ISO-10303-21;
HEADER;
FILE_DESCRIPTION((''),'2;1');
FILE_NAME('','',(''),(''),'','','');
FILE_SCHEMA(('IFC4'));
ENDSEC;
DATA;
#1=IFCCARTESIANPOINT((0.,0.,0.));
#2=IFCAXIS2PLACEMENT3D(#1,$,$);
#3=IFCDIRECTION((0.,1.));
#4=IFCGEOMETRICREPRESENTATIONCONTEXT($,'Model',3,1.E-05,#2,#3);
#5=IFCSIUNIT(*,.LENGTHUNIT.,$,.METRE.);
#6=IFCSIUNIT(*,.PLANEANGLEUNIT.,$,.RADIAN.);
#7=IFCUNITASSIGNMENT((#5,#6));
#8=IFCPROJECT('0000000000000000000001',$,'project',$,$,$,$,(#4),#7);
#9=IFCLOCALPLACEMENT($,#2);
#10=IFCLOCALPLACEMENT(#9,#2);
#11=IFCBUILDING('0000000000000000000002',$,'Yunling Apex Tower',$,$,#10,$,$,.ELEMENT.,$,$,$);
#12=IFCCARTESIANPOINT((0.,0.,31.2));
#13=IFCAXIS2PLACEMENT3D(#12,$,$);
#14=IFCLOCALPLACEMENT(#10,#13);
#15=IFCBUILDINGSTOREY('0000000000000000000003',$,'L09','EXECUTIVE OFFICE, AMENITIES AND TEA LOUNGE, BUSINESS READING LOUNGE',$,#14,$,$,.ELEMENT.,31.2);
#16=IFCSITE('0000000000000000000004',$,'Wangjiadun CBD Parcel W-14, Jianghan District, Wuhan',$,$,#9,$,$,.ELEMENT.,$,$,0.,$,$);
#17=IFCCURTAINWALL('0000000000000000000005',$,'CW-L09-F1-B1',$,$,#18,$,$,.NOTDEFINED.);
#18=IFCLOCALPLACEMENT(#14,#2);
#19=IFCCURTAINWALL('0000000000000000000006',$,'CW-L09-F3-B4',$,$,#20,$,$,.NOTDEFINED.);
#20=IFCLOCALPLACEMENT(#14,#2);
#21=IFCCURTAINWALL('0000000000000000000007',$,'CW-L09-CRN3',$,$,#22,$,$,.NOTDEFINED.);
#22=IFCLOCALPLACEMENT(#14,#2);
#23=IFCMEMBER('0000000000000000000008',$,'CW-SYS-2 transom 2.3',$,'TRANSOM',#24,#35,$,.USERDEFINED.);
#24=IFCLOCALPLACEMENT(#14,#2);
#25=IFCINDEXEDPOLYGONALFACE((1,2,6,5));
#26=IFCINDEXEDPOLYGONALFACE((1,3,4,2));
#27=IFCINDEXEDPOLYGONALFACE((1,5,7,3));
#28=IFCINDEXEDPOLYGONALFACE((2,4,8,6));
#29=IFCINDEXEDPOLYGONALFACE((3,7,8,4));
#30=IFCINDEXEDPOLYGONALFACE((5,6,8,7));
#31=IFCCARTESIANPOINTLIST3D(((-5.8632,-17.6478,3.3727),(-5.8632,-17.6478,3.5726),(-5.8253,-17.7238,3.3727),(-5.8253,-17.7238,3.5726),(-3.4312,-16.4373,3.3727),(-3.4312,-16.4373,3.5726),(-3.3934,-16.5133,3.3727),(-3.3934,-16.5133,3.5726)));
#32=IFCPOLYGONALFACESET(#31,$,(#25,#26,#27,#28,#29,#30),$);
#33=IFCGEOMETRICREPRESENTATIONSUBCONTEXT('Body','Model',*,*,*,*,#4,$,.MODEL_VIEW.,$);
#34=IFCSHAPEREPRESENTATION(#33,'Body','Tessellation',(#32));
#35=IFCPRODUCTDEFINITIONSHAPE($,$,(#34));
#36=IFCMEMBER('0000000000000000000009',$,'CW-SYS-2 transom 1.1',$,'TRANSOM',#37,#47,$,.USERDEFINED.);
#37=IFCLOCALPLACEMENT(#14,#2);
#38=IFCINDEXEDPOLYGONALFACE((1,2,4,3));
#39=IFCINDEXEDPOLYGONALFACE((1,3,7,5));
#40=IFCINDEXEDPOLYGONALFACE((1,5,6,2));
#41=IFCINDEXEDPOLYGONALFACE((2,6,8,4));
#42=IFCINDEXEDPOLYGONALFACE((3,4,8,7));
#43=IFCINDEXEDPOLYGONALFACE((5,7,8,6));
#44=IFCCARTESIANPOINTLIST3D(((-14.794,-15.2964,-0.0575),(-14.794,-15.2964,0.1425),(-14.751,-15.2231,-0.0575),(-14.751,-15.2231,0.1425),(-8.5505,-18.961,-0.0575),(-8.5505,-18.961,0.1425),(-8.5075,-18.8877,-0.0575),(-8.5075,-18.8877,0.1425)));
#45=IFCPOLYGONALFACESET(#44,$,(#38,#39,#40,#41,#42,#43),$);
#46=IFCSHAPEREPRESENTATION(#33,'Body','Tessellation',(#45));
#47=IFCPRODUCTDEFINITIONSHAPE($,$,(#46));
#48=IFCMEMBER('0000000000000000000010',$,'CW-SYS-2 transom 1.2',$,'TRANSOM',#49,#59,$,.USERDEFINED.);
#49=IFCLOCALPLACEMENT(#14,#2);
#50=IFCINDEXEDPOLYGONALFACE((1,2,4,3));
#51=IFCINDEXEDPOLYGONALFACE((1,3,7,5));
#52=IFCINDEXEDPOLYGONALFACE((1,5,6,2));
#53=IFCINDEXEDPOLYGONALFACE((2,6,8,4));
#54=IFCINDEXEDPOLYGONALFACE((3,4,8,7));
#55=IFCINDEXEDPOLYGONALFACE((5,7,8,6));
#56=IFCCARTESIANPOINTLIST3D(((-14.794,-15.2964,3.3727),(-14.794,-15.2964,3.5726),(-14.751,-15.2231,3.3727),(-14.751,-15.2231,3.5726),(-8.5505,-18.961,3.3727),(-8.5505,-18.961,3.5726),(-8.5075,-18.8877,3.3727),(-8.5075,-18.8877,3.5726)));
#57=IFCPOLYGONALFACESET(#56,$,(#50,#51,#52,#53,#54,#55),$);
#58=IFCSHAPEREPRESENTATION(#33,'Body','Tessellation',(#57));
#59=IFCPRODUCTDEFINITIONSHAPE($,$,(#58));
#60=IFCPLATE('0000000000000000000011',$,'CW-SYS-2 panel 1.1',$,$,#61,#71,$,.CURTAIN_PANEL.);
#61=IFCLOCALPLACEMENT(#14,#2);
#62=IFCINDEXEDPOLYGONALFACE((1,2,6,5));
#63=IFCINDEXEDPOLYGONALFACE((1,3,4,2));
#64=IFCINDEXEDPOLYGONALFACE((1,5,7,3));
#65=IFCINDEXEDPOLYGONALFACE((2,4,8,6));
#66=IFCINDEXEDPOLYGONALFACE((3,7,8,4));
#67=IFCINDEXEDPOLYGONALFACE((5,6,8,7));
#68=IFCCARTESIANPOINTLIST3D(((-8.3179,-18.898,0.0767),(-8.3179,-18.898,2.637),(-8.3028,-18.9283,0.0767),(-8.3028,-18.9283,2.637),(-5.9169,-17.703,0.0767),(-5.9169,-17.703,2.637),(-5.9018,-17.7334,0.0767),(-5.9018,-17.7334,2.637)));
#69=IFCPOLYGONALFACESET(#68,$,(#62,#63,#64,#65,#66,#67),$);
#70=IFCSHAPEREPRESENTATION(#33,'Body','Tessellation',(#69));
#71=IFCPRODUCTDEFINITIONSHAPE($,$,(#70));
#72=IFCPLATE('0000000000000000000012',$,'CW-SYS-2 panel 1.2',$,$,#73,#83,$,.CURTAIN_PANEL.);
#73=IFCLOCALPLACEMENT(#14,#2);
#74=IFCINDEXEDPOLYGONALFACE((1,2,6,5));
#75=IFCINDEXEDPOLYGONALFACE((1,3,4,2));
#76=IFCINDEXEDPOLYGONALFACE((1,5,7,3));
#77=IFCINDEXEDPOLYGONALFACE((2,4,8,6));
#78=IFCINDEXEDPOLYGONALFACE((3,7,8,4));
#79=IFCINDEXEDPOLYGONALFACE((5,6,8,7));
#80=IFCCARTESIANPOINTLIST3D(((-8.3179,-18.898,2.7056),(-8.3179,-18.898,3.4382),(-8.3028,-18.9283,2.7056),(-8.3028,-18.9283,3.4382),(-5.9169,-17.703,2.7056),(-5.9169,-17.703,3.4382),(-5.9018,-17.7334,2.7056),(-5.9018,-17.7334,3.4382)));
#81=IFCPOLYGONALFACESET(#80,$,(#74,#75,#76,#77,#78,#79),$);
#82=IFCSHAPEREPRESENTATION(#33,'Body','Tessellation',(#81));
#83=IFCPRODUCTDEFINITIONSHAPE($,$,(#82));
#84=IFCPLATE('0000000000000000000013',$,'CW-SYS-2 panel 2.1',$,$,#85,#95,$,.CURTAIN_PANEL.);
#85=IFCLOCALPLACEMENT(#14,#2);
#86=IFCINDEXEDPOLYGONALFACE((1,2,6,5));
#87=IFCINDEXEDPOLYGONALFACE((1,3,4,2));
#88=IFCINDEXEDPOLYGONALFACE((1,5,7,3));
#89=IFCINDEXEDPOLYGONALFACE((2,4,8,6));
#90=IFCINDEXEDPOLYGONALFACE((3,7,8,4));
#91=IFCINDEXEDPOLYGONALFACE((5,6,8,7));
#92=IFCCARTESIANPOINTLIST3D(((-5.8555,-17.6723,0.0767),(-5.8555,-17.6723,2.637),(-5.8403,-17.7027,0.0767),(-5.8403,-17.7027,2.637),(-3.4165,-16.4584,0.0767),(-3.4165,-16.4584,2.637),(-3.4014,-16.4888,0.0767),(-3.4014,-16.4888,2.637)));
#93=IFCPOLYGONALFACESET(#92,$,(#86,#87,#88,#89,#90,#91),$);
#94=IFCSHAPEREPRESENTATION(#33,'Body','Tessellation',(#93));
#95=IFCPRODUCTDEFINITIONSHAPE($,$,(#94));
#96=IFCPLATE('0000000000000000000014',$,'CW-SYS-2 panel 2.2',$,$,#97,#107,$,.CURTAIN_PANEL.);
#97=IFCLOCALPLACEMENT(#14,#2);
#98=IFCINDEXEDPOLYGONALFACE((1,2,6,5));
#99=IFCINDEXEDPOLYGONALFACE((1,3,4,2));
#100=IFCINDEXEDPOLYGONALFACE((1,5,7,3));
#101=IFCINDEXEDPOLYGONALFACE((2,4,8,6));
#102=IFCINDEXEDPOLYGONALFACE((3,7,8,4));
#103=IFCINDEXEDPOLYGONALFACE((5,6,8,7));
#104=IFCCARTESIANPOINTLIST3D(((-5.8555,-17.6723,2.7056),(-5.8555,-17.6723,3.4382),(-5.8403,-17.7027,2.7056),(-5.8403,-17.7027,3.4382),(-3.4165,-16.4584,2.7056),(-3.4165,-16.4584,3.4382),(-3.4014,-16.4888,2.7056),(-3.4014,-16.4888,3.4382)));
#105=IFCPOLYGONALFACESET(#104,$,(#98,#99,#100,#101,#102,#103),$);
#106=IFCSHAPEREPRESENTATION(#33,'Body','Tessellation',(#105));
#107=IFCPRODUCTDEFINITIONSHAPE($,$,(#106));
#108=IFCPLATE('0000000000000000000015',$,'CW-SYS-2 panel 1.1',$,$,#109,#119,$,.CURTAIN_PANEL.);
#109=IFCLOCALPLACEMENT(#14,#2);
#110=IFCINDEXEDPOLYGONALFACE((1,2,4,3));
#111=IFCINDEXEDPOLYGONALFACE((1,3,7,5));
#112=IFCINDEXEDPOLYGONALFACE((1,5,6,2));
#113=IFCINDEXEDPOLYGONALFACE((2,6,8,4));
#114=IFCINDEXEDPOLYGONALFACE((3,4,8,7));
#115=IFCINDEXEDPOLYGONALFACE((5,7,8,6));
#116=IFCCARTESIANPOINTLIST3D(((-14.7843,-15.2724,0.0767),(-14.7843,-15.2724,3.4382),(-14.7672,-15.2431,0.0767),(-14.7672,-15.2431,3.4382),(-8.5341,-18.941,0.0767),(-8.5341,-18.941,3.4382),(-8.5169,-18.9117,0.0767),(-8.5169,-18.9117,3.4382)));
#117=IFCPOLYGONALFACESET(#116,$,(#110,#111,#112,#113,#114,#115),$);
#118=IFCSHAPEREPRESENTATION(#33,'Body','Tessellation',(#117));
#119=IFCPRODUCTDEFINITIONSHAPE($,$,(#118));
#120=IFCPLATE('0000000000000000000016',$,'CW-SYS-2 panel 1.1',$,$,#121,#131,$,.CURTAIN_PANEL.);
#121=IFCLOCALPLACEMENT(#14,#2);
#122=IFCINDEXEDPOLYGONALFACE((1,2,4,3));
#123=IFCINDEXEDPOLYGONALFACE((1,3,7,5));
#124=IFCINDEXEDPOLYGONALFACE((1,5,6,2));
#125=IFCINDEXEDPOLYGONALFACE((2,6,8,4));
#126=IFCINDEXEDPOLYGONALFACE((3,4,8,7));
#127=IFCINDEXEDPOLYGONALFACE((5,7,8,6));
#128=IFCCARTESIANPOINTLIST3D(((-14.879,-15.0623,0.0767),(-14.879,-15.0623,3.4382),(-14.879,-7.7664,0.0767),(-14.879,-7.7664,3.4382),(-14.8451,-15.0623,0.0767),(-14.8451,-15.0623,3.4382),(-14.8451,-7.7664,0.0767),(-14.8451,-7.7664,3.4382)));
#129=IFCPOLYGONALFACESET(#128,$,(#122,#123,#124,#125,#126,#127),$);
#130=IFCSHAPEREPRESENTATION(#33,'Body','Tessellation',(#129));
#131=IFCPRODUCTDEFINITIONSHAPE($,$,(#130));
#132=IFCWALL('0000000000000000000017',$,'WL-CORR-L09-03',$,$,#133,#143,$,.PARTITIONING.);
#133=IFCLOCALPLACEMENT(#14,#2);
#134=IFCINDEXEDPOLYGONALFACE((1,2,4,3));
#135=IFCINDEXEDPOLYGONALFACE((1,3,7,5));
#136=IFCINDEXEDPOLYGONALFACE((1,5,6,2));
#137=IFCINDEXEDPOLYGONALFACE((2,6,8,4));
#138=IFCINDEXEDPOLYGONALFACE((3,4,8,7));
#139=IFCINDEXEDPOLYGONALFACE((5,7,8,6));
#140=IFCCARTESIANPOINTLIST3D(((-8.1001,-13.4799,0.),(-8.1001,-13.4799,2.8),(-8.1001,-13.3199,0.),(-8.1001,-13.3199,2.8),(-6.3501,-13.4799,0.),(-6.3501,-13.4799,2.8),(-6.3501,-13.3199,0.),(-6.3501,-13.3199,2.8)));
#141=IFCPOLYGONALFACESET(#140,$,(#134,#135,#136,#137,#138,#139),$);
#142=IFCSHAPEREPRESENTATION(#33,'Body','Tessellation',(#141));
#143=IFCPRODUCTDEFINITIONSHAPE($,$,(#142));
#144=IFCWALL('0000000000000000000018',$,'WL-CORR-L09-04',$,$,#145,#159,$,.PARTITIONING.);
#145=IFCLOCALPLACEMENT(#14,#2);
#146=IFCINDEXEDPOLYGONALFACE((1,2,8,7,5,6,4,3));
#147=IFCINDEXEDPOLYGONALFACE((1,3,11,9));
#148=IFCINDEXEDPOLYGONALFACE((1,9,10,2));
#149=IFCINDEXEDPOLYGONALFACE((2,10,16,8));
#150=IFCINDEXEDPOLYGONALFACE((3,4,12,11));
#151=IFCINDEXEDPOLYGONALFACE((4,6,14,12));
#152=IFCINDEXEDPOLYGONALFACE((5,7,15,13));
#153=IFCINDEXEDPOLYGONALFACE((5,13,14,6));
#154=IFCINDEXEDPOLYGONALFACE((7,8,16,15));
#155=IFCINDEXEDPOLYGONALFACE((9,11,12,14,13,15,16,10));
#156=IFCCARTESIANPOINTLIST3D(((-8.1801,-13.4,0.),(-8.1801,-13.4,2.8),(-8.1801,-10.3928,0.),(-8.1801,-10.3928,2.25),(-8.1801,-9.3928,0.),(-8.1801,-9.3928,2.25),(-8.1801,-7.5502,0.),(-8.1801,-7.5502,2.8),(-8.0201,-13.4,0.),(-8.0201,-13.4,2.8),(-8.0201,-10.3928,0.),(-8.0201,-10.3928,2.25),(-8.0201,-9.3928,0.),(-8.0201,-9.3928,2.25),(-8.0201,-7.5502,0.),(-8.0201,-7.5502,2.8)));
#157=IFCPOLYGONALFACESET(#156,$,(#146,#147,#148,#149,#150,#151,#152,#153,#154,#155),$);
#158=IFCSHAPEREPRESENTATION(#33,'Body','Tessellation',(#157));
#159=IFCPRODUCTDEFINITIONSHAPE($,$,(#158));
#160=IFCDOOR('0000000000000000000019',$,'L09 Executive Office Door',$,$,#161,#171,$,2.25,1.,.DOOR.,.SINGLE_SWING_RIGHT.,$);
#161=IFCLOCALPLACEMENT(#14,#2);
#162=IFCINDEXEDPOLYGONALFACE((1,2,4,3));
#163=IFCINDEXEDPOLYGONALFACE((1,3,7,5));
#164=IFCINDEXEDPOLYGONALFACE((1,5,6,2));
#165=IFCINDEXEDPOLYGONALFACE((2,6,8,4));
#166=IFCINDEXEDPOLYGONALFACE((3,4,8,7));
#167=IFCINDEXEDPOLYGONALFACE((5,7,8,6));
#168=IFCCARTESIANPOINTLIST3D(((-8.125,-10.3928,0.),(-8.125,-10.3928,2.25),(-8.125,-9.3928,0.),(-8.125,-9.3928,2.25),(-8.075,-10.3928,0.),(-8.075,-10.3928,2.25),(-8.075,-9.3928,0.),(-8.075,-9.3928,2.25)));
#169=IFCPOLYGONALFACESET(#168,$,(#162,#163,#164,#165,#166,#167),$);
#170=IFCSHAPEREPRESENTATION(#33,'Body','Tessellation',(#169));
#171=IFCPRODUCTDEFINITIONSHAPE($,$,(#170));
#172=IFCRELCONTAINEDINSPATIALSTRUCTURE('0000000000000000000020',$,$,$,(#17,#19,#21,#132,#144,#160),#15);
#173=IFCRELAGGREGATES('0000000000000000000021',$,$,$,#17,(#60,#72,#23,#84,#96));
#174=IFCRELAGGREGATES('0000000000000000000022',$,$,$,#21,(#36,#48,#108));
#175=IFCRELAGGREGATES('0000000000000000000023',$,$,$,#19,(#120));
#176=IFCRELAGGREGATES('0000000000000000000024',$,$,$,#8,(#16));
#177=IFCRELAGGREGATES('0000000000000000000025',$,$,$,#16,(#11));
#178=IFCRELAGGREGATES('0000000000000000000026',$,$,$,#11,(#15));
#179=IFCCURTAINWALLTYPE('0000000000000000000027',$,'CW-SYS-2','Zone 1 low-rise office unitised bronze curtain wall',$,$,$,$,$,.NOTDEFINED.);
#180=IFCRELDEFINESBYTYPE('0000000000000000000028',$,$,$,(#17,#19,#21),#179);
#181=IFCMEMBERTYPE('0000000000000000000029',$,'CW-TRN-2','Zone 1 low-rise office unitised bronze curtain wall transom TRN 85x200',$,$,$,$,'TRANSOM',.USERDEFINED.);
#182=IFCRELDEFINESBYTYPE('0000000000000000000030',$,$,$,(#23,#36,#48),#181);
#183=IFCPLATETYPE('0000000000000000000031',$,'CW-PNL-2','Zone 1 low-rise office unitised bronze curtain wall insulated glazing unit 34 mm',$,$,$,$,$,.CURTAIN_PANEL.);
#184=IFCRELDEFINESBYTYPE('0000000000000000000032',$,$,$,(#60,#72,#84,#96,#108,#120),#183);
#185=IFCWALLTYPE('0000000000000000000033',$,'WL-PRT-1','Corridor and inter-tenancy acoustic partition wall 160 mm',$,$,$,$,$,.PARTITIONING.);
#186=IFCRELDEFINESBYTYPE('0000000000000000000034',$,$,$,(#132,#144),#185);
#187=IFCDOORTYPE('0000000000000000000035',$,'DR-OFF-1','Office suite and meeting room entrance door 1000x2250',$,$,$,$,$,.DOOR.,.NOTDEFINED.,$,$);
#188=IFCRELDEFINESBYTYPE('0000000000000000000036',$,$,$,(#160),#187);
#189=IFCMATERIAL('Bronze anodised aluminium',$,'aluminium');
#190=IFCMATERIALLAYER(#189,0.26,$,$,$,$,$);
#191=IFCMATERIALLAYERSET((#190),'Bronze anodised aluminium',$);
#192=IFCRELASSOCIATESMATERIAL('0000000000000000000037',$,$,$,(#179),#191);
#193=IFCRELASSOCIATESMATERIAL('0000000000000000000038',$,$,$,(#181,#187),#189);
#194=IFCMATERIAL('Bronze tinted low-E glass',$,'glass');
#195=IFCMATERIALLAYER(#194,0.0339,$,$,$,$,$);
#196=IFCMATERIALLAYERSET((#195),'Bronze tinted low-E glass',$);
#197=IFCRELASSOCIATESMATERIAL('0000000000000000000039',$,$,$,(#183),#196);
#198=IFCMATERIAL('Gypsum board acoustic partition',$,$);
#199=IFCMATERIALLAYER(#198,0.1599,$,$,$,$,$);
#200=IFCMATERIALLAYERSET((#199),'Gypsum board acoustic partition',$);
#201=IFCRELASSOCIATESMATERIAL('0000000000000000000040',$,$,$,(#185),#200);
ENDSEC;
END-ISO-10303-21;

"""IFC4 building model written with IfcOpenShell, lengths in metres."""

from ifc_helpers import new_model, si_unit, direction, frame, frame_2d, origin, origin_2d, place, context, subcontext, project, spatial, rectangle, extrude, source, transform, mapped, material, layer, layer_set, material_profile, profile_set, type_object, element, fill, aggregate, save


model = new_model("IFC4")

# Units and contexts
model_context = context("Model", 3, precision=1e-05, world=origin(), true_north=direction((0.0, 1.0)))
body_context = subcontext(model_context, "Body", "Model", "MODEL_VIEW")
ifc_project = project(units=[si_unit("LENGTHUNIT", "METRE"), si_unit("PLANEANGLEUNIT", "RADIAN")], contexts=[model_context])

# Site, building, storey
site_placement = place(None, origin())
site = spatial("IfcSite", under=ifc_project, at=site_placement, Name="Wangjiadun CBD Parcel W-14, Jianghan District, Wuhan", CompositionType="ELEMENT", RefElevation=0.0)
building_placement = place(site_placement, origin())
building = spatial("IfcBuilding", under=site, at=building_placement, Name="Yunling Apex Tower", CompositionType="ELEMENT")
storey_placement = place(building_placement, frame((0.0, 0.0, 31.2)))
storey = spatial("IfcBuildingStorey", under=building, at=storey_placement, Name="L09", Description="EXECUTIVE OFFICE, AMENITIES AND TEA LOUNGE, BUSINESS READING LOUNGE", CompositionType="ELEMENT", Elevation=31.2)

# Curtain wall
ifc_material_1 = material(Name="Bronze anodised aluminium", Category="aluminium")
ifc_layer_1 = layer(ifc_material_1, 0.26)
ifc_layer_set_1 = layer_set([ifc_layer_1], Name="Bronze anodised aluminium")
curtain_wall_type = type_object("IfcCurtainWallType", Name="CW-SYS-2", Description="Zone 1 low-rise office unitised bronze curtain wall", PredefinedType="NOTDEFINED", material=ifc_layer_set_1)
curtain_wall_1_placement = place(storey_placement, origin())
curtain_wall_1 = element("IfcCurtainWall", 1, at=curtain_wall_1_placement, inside=storey, type_object=curtain_wall_type, Name="CW-L09-F1-B1", PredefinedType="NOTDEFINED")

# Curtain wall
curtain_wall_2_placement = place(storey_placement, origin())
curtain_wall_2 = element("IfcCurtainWall", 2, at=curtain_wall_2_placement, inside=storey, type_object=curtain_wall_type, Name="CW-L09-F3-B4", PredefinedType="NOTDEFINED")

# Curtain wall
curtain_wall_3_placement = place(storey_placement, origin())
curtain_wall_3 = element("IfcCurtainWall", 3, at=curtain_wall_3_placement, inside=storey, type_object=curtain_wall_type, Name="CW-L09-CRN3", PredefinedType="NOTDEFINED")

# Members
ifc_material_profile_1 = material_profile(ifc_material_1, rectangle(XDim=0.085, YDim=0.2, at=origin_2d()))
ifc_profile_set_1 = profile_set([ifc_material_profile_1], Name="Bronze anodised aluminium")
member_type_1 = type_object("IfcMemberType", Name="CW-TRN-2", Description="Zone 1 low-rise office unitised bronze curtain wall transom TRN 85x200", ElementType="TRANSOM", PredefinedType="USERDEFINED", material=ifc_profile_set_1)
shared_shape_1 = source(origin(), body_context, "Body", "SweptSolid", [
    extrude(rectangle(XDim=0.085, YDim=0.2, at=origin_2d()), origin(), (0.0, 0.0, 1.0), 2.7166),
])
member_1_placement = place(storey_placement, frame((-5.8442, -17.6858, 3.4727), z_axis=(0.895235, 0.445595, 0.0), x_axis=(-0.445595, 0.895235, 0.0)))
member_1 = element("IfcMember", 4, at=member_1_placement, type_object=member_type_1, Name="CW-SYS-2 transom 2.3", ObjectType="TRANSOM", PredefinedType="USERDEFINED", context=body_context, shape_type="MappedRepresentation", body=[
    mapped(shared_shape_1, transform((0.0, 0.0, 0.0), scale=1.0)),
])
shared_shape_2 = source(origin(), body_context, "Body", "SweptSolid", [
    extrude(rectangle(XDim=0.085, YDim=0.2, at=origin_2d()), origin(), (0.0, 0.0, 1.0), 7.2395),
])
member_2_placement = place(storey_placement, frame((-14.7725, -15.2598, 0.0425), z_axis=(0.862419, -0.506195, 0.0), x_axis=(0.506195, 0.862419, 0.0)))
member_2 = element("IfcMember", 5, at=member_2_placement, type_object=member_type_1, Name="CW-SYS-2 transom 1.1", ObjectType="TRANSOM", PredefinedType="USERDEFINED", context=body_context, shape_type="MappedRepresentation", body=[
    mapped(shared_shape_2, transform((0.0, 0.0, 0.0), scale=1.0)),
])
member_3_placement = place(storey_placement, frame((-14.7725, -15.2598, 3.4727), z_axis=(0.862419, -0.506195, 0.0), x_axis=(0.506195, 0.862419, 0.0)))
member_3 = element("IfcMember", 6, at=member_3_placement, type_object=member_type_1, Name="CW-SYS-2 transom 1.2", ObjectType="TRANSOM", PredefinedType="USERDEFINED", context=body_context, shape_type="MappedRepresentation", body=[
    mapped(shared_shape_2, transform((0.0, 0.0, 0.0), scale=1.0)),
])

# Plates
ifc_material_2 = material(Name="Bronze tinted low-E glass", Category="glass")
ifc_layer_2 = layer(ifc_material_2, 0.0339)
ifc_layer_set_2 = layer_set([ifc_layer_2], Name="Bronze tinted low-E glass")
plate_type = type_object("IfcPlateType", Name="CW-PNL-2", Description="Zone 1 low-rise office unitised bronze curtain wall insulated glazing unit 34 mm", PredefinedType="CURTAIN_PANEL", material=ifc_layer_set_2)
shared_shape_3 = source(origin(), body_context, "Body", "SweptSolid", [
    extrude(rectangle(XDim=2.6819, YDim=0.0339, at=origin_2d()), origin(), (0.0, 0.0, 1.0), 2.5603),
])
plate_1_placement = place(storey_placement, frame((-7.1099, -18.3157, 0.0767), z_axis=(0.0, 0.0, 1.0), x_axis=(0.895247, 0.445571, 0.0)))
plate_1 = element("IfcPlate", 7, at=plate_1_placement, type_object=plate_type, Name="CW-SYS-2 panel 1.1", PredefinedType="CURTAIN_PANEL", context=body_context, shape_type="MappedRepresentation", body=[
    mapped(shared_shape_3, transform((0.0, 0.0, 0.0), scale=1.0)),
])
shared_shape_4 = source(origin(), body_context, "Body", "SweptSolid", [
    extrude(rectangle(XDim=2.6819, YDim=0.0339, at=origin_2d()), origin(), (0.0, 0.0, 1.0), 0.7327),
])
plate_2_placement = place(storey_placement, frame((-7.1099, -18.3157, 2.7056), z_axis=(0.0, 0.0, 1.0), x_axis=(0.895247, 0.445571, 0.0)))
plate_2 = element("IfcPlate", 8, at=plate_2_placement, type_object=plate_type, Name="CW-SYS-2 panel 1.2", PredefinedType="CURTAIN_PANEL", context=body_context, shape_type="MappedRepresentation", body=[
    mapped(shared_shape_4, transform((0.0, 0.0, 0.0), scale=1.0)),
])
shared_shape_5 = source(origin(), body_context, "Body", "SweptSolid", [
    extrude(rectangle(XDim=2.7244, YDim=0.0339, at=origin_2d()), origin(), (0.0, 0.0, 1.0), 2.5603),
])
plate_3_placement = place(storey_placement, frame((-4.6284, -17.0806, 0.0767), z_axis=(0.0, 0.0, 1.0), x_axis=(0.895247, 0.445571, 0.0)))
plate_3 = element("IfcPlate", 9, at=plate_3_placement, type_object=plate_type, Name="CW-SYS-2 panel 2.1", PredefinedType="CURTAIN_PANEL", context=body_context, shape_type="MappedRepresentation", body=[
    mapped(shared_shape_5, transform((0.0, 0.0, 0.0), scale=1.0)),
])
shared_shape_6 = source(origin(), body_context, "Body", "SweptSolid", [
    extrude(rectangle(XDim=2.7244, YDim=0.0339, at=origin_2d()), origin(), (0.0, 0.0, 1.0), 0.7327),
])
plate_4_placement = place(storey_placement, frame((-4.6284, -17.0806, 2.7056), z_axis=(0.0, 0.0, 1.0), x_axis=(0.895247, 0.445571, 0.0)))
plate_4 = element("IfcPlate", 10, at=plate_4_placement, type_object=plate_type, Name="CW-SYS-2 panel 2.2", PredefinedType="CURTAIN_PANEL", context=body_context, shape_type="MappedRepresentation", body=[
    mapped(shared_shape_6, transform((0.0, 0.0, 0.0), scale=1.0)),
])
aggregate(curtain_wall_1, [plate_1, plate_2, member_1, plate_3, plate_4])
shared_shape_7 = source(origin(), body_context, "Body", "SweptSolid", [
    extrude(rectangle(XDim=7.2473, YDim=0.0339, at=origin_2d()), origin(), (0.0, 0.0, 1.0), 3.3616),
])
plate_5_placement = place(storey_placement, frame((-11.6506, -17.092, 0.0767), z_axis=(0.0, 0.0, 1.0), x_axis=(0.862419, -0.506196, 0.0)))
plate_5 = element("IfcPlate", 11, at=plate_5_placement, type_object=plate_type, Name="CW-SYS-2 panel 1.1", PredefinedType="CURTAIN_PANEL", context=body_context, shape_type="MappedRepresentation", body=[
    mapped(shared_shape_7, transform((0.0, 0.0, 0.0), scale=1.0)),
])
aggregate(curtain_wall_3, [member_2, member_3, plate_5])
shared_shape_8 = source(origin(), body_context, "Body", "SweptSolid", [
    extrude(rectangle(XDim=7.2959, YDim=0.0339, at=origin_2d()), origin(), (0.0, 0.0, 1.0), 3.3616),
])
plate_6_placement = place(storey_placement, frame((-14.8621, -11.4143, 0.0767), z_axis=(0.0, 0.0, 1.0), x_axis=(0.0, -1.0, 0.0)))
plate_6 = element("IfcPlate", 12, at=plate_6_placement, type_object=plate_type, Name="CW-SYS-2 panel 1.1", PredefinedType="CURTAIN_PANEL", context=body_context, shape_type="MappedRepresentation", body=[
    mapped(shared_shape_8, transform((0.0, 0.0, 0.0), scale=1.0)),
])
aggregate(curtain_wall_2, [plate_6])

# Wall
ifc_material_3 = material(Name="Gypsum board acoustic partition")
ifc_layer_3 = layer(ifc_material_3, 0.1599)
ifc_layer_set_3 = layer_set([ifc_layer_3], Name="Gypsum board acoustic partition")
wall_type_1 = type_object("IfcWallType", Name="WL-PRT-1", Description="Corridor and inter-tenancy acoustic partition wall 160 mm", PredefinedType="PARTITIONING", material=ifc_layer_set_3)
wall_1_placement = place(storey_placement, frame((-6.3501, -13.3999, 0.0), z_axis=(0.0, 0.0, 1.0), x_axis=(-1.0, 0.0, 0.0)))
element("IfcWall", 13, at=wall_1_placement, inside=storey, type_object=wall_type_1, Name="WL-CORR-L09-03", PredefinedType="PARTITIONING", context=body_context, shape_type="SweptSolid", body=[
    extrude(rectangle(XDim=1.75, YDim=0.1599, at=frame_2d((0.875, 0.0))), origin(), (0.0, 0.0, 1.0), 2.8),
])

# Wall, opening, door
wall_2_placement = place(storey_placement, frame((-8.1001, -13.3999, 0.0), z_axis=(0.0, 0.0, 1.0), x_axis=(0.0, 1.0, 0.0)))
wall_2 = element("IfcWall", 14, at=wall_2_placement, inside=storey, type_object=wall_type_1, Name="WL-CORR-L09-04", PredefinedType="PARTITIONING", context=body_context, shape_type="SweptSolid", body=[
    extrude(rectangle(XDim=5.8499, YDim=0.1599, at=frame_2d((2.9248, 0.0))), origin(), (0.0, 0.0, 1.0), 2.8),
])
opening_placement = place(wall_2_placement, frame((3.0071, 0.0, 0.0)))
opening = element("IfcOpeningElement", 15, at=opening_placement, cuts=wall_2, PredefinedType="OPENING", context=body_context, shape_type="SweptSolid", body=[
    extrude(rectangle(XDim=1.0, YDim=2.25, at=frame_2d((0.5, 1.125))), frame((0.0, 0.0898, 0.0), z_axis=(0.0, -1.0, 0.0), x_axis=(1.0, 0.0, 0.0)), (0.0, 0.0, 1.0), 0.1799),
])
door_type = type_object("IfcDoorType", Name="DR-OFF-1", Description="Office suite and meeting room entrance door 1000x2250", OperationType="NOTDEFINED", PredefinedType="DOOR", material=ifc_material_1)
door_placement = place(opening_placement, origin())
door = element("IfcDoor", 16, at=door_placement, inside=storey, type_object=door_type, Name="L09 Executive Office Door", OperationType="SINGLE_SWING_RIGHT", OverallHeight=2.25, OverallWidth=1.0, PredefinedType="DOOR", context=body_context, shape_type="SweptSolid", body=[
    extrude(rectangle(XDim=1.0, YDim=2.25, at=frame_2d((0.5, 1.125))), frame((0.0, 0.0249, 0.0), z_axis=(0.0, -1.0, 0.0), x_axis=(1.0, 0.0, 0.0)), (0.0, 0.0, 1.0), 0.05),
])
fill(opening, door)

save(model, "model.ifc")
